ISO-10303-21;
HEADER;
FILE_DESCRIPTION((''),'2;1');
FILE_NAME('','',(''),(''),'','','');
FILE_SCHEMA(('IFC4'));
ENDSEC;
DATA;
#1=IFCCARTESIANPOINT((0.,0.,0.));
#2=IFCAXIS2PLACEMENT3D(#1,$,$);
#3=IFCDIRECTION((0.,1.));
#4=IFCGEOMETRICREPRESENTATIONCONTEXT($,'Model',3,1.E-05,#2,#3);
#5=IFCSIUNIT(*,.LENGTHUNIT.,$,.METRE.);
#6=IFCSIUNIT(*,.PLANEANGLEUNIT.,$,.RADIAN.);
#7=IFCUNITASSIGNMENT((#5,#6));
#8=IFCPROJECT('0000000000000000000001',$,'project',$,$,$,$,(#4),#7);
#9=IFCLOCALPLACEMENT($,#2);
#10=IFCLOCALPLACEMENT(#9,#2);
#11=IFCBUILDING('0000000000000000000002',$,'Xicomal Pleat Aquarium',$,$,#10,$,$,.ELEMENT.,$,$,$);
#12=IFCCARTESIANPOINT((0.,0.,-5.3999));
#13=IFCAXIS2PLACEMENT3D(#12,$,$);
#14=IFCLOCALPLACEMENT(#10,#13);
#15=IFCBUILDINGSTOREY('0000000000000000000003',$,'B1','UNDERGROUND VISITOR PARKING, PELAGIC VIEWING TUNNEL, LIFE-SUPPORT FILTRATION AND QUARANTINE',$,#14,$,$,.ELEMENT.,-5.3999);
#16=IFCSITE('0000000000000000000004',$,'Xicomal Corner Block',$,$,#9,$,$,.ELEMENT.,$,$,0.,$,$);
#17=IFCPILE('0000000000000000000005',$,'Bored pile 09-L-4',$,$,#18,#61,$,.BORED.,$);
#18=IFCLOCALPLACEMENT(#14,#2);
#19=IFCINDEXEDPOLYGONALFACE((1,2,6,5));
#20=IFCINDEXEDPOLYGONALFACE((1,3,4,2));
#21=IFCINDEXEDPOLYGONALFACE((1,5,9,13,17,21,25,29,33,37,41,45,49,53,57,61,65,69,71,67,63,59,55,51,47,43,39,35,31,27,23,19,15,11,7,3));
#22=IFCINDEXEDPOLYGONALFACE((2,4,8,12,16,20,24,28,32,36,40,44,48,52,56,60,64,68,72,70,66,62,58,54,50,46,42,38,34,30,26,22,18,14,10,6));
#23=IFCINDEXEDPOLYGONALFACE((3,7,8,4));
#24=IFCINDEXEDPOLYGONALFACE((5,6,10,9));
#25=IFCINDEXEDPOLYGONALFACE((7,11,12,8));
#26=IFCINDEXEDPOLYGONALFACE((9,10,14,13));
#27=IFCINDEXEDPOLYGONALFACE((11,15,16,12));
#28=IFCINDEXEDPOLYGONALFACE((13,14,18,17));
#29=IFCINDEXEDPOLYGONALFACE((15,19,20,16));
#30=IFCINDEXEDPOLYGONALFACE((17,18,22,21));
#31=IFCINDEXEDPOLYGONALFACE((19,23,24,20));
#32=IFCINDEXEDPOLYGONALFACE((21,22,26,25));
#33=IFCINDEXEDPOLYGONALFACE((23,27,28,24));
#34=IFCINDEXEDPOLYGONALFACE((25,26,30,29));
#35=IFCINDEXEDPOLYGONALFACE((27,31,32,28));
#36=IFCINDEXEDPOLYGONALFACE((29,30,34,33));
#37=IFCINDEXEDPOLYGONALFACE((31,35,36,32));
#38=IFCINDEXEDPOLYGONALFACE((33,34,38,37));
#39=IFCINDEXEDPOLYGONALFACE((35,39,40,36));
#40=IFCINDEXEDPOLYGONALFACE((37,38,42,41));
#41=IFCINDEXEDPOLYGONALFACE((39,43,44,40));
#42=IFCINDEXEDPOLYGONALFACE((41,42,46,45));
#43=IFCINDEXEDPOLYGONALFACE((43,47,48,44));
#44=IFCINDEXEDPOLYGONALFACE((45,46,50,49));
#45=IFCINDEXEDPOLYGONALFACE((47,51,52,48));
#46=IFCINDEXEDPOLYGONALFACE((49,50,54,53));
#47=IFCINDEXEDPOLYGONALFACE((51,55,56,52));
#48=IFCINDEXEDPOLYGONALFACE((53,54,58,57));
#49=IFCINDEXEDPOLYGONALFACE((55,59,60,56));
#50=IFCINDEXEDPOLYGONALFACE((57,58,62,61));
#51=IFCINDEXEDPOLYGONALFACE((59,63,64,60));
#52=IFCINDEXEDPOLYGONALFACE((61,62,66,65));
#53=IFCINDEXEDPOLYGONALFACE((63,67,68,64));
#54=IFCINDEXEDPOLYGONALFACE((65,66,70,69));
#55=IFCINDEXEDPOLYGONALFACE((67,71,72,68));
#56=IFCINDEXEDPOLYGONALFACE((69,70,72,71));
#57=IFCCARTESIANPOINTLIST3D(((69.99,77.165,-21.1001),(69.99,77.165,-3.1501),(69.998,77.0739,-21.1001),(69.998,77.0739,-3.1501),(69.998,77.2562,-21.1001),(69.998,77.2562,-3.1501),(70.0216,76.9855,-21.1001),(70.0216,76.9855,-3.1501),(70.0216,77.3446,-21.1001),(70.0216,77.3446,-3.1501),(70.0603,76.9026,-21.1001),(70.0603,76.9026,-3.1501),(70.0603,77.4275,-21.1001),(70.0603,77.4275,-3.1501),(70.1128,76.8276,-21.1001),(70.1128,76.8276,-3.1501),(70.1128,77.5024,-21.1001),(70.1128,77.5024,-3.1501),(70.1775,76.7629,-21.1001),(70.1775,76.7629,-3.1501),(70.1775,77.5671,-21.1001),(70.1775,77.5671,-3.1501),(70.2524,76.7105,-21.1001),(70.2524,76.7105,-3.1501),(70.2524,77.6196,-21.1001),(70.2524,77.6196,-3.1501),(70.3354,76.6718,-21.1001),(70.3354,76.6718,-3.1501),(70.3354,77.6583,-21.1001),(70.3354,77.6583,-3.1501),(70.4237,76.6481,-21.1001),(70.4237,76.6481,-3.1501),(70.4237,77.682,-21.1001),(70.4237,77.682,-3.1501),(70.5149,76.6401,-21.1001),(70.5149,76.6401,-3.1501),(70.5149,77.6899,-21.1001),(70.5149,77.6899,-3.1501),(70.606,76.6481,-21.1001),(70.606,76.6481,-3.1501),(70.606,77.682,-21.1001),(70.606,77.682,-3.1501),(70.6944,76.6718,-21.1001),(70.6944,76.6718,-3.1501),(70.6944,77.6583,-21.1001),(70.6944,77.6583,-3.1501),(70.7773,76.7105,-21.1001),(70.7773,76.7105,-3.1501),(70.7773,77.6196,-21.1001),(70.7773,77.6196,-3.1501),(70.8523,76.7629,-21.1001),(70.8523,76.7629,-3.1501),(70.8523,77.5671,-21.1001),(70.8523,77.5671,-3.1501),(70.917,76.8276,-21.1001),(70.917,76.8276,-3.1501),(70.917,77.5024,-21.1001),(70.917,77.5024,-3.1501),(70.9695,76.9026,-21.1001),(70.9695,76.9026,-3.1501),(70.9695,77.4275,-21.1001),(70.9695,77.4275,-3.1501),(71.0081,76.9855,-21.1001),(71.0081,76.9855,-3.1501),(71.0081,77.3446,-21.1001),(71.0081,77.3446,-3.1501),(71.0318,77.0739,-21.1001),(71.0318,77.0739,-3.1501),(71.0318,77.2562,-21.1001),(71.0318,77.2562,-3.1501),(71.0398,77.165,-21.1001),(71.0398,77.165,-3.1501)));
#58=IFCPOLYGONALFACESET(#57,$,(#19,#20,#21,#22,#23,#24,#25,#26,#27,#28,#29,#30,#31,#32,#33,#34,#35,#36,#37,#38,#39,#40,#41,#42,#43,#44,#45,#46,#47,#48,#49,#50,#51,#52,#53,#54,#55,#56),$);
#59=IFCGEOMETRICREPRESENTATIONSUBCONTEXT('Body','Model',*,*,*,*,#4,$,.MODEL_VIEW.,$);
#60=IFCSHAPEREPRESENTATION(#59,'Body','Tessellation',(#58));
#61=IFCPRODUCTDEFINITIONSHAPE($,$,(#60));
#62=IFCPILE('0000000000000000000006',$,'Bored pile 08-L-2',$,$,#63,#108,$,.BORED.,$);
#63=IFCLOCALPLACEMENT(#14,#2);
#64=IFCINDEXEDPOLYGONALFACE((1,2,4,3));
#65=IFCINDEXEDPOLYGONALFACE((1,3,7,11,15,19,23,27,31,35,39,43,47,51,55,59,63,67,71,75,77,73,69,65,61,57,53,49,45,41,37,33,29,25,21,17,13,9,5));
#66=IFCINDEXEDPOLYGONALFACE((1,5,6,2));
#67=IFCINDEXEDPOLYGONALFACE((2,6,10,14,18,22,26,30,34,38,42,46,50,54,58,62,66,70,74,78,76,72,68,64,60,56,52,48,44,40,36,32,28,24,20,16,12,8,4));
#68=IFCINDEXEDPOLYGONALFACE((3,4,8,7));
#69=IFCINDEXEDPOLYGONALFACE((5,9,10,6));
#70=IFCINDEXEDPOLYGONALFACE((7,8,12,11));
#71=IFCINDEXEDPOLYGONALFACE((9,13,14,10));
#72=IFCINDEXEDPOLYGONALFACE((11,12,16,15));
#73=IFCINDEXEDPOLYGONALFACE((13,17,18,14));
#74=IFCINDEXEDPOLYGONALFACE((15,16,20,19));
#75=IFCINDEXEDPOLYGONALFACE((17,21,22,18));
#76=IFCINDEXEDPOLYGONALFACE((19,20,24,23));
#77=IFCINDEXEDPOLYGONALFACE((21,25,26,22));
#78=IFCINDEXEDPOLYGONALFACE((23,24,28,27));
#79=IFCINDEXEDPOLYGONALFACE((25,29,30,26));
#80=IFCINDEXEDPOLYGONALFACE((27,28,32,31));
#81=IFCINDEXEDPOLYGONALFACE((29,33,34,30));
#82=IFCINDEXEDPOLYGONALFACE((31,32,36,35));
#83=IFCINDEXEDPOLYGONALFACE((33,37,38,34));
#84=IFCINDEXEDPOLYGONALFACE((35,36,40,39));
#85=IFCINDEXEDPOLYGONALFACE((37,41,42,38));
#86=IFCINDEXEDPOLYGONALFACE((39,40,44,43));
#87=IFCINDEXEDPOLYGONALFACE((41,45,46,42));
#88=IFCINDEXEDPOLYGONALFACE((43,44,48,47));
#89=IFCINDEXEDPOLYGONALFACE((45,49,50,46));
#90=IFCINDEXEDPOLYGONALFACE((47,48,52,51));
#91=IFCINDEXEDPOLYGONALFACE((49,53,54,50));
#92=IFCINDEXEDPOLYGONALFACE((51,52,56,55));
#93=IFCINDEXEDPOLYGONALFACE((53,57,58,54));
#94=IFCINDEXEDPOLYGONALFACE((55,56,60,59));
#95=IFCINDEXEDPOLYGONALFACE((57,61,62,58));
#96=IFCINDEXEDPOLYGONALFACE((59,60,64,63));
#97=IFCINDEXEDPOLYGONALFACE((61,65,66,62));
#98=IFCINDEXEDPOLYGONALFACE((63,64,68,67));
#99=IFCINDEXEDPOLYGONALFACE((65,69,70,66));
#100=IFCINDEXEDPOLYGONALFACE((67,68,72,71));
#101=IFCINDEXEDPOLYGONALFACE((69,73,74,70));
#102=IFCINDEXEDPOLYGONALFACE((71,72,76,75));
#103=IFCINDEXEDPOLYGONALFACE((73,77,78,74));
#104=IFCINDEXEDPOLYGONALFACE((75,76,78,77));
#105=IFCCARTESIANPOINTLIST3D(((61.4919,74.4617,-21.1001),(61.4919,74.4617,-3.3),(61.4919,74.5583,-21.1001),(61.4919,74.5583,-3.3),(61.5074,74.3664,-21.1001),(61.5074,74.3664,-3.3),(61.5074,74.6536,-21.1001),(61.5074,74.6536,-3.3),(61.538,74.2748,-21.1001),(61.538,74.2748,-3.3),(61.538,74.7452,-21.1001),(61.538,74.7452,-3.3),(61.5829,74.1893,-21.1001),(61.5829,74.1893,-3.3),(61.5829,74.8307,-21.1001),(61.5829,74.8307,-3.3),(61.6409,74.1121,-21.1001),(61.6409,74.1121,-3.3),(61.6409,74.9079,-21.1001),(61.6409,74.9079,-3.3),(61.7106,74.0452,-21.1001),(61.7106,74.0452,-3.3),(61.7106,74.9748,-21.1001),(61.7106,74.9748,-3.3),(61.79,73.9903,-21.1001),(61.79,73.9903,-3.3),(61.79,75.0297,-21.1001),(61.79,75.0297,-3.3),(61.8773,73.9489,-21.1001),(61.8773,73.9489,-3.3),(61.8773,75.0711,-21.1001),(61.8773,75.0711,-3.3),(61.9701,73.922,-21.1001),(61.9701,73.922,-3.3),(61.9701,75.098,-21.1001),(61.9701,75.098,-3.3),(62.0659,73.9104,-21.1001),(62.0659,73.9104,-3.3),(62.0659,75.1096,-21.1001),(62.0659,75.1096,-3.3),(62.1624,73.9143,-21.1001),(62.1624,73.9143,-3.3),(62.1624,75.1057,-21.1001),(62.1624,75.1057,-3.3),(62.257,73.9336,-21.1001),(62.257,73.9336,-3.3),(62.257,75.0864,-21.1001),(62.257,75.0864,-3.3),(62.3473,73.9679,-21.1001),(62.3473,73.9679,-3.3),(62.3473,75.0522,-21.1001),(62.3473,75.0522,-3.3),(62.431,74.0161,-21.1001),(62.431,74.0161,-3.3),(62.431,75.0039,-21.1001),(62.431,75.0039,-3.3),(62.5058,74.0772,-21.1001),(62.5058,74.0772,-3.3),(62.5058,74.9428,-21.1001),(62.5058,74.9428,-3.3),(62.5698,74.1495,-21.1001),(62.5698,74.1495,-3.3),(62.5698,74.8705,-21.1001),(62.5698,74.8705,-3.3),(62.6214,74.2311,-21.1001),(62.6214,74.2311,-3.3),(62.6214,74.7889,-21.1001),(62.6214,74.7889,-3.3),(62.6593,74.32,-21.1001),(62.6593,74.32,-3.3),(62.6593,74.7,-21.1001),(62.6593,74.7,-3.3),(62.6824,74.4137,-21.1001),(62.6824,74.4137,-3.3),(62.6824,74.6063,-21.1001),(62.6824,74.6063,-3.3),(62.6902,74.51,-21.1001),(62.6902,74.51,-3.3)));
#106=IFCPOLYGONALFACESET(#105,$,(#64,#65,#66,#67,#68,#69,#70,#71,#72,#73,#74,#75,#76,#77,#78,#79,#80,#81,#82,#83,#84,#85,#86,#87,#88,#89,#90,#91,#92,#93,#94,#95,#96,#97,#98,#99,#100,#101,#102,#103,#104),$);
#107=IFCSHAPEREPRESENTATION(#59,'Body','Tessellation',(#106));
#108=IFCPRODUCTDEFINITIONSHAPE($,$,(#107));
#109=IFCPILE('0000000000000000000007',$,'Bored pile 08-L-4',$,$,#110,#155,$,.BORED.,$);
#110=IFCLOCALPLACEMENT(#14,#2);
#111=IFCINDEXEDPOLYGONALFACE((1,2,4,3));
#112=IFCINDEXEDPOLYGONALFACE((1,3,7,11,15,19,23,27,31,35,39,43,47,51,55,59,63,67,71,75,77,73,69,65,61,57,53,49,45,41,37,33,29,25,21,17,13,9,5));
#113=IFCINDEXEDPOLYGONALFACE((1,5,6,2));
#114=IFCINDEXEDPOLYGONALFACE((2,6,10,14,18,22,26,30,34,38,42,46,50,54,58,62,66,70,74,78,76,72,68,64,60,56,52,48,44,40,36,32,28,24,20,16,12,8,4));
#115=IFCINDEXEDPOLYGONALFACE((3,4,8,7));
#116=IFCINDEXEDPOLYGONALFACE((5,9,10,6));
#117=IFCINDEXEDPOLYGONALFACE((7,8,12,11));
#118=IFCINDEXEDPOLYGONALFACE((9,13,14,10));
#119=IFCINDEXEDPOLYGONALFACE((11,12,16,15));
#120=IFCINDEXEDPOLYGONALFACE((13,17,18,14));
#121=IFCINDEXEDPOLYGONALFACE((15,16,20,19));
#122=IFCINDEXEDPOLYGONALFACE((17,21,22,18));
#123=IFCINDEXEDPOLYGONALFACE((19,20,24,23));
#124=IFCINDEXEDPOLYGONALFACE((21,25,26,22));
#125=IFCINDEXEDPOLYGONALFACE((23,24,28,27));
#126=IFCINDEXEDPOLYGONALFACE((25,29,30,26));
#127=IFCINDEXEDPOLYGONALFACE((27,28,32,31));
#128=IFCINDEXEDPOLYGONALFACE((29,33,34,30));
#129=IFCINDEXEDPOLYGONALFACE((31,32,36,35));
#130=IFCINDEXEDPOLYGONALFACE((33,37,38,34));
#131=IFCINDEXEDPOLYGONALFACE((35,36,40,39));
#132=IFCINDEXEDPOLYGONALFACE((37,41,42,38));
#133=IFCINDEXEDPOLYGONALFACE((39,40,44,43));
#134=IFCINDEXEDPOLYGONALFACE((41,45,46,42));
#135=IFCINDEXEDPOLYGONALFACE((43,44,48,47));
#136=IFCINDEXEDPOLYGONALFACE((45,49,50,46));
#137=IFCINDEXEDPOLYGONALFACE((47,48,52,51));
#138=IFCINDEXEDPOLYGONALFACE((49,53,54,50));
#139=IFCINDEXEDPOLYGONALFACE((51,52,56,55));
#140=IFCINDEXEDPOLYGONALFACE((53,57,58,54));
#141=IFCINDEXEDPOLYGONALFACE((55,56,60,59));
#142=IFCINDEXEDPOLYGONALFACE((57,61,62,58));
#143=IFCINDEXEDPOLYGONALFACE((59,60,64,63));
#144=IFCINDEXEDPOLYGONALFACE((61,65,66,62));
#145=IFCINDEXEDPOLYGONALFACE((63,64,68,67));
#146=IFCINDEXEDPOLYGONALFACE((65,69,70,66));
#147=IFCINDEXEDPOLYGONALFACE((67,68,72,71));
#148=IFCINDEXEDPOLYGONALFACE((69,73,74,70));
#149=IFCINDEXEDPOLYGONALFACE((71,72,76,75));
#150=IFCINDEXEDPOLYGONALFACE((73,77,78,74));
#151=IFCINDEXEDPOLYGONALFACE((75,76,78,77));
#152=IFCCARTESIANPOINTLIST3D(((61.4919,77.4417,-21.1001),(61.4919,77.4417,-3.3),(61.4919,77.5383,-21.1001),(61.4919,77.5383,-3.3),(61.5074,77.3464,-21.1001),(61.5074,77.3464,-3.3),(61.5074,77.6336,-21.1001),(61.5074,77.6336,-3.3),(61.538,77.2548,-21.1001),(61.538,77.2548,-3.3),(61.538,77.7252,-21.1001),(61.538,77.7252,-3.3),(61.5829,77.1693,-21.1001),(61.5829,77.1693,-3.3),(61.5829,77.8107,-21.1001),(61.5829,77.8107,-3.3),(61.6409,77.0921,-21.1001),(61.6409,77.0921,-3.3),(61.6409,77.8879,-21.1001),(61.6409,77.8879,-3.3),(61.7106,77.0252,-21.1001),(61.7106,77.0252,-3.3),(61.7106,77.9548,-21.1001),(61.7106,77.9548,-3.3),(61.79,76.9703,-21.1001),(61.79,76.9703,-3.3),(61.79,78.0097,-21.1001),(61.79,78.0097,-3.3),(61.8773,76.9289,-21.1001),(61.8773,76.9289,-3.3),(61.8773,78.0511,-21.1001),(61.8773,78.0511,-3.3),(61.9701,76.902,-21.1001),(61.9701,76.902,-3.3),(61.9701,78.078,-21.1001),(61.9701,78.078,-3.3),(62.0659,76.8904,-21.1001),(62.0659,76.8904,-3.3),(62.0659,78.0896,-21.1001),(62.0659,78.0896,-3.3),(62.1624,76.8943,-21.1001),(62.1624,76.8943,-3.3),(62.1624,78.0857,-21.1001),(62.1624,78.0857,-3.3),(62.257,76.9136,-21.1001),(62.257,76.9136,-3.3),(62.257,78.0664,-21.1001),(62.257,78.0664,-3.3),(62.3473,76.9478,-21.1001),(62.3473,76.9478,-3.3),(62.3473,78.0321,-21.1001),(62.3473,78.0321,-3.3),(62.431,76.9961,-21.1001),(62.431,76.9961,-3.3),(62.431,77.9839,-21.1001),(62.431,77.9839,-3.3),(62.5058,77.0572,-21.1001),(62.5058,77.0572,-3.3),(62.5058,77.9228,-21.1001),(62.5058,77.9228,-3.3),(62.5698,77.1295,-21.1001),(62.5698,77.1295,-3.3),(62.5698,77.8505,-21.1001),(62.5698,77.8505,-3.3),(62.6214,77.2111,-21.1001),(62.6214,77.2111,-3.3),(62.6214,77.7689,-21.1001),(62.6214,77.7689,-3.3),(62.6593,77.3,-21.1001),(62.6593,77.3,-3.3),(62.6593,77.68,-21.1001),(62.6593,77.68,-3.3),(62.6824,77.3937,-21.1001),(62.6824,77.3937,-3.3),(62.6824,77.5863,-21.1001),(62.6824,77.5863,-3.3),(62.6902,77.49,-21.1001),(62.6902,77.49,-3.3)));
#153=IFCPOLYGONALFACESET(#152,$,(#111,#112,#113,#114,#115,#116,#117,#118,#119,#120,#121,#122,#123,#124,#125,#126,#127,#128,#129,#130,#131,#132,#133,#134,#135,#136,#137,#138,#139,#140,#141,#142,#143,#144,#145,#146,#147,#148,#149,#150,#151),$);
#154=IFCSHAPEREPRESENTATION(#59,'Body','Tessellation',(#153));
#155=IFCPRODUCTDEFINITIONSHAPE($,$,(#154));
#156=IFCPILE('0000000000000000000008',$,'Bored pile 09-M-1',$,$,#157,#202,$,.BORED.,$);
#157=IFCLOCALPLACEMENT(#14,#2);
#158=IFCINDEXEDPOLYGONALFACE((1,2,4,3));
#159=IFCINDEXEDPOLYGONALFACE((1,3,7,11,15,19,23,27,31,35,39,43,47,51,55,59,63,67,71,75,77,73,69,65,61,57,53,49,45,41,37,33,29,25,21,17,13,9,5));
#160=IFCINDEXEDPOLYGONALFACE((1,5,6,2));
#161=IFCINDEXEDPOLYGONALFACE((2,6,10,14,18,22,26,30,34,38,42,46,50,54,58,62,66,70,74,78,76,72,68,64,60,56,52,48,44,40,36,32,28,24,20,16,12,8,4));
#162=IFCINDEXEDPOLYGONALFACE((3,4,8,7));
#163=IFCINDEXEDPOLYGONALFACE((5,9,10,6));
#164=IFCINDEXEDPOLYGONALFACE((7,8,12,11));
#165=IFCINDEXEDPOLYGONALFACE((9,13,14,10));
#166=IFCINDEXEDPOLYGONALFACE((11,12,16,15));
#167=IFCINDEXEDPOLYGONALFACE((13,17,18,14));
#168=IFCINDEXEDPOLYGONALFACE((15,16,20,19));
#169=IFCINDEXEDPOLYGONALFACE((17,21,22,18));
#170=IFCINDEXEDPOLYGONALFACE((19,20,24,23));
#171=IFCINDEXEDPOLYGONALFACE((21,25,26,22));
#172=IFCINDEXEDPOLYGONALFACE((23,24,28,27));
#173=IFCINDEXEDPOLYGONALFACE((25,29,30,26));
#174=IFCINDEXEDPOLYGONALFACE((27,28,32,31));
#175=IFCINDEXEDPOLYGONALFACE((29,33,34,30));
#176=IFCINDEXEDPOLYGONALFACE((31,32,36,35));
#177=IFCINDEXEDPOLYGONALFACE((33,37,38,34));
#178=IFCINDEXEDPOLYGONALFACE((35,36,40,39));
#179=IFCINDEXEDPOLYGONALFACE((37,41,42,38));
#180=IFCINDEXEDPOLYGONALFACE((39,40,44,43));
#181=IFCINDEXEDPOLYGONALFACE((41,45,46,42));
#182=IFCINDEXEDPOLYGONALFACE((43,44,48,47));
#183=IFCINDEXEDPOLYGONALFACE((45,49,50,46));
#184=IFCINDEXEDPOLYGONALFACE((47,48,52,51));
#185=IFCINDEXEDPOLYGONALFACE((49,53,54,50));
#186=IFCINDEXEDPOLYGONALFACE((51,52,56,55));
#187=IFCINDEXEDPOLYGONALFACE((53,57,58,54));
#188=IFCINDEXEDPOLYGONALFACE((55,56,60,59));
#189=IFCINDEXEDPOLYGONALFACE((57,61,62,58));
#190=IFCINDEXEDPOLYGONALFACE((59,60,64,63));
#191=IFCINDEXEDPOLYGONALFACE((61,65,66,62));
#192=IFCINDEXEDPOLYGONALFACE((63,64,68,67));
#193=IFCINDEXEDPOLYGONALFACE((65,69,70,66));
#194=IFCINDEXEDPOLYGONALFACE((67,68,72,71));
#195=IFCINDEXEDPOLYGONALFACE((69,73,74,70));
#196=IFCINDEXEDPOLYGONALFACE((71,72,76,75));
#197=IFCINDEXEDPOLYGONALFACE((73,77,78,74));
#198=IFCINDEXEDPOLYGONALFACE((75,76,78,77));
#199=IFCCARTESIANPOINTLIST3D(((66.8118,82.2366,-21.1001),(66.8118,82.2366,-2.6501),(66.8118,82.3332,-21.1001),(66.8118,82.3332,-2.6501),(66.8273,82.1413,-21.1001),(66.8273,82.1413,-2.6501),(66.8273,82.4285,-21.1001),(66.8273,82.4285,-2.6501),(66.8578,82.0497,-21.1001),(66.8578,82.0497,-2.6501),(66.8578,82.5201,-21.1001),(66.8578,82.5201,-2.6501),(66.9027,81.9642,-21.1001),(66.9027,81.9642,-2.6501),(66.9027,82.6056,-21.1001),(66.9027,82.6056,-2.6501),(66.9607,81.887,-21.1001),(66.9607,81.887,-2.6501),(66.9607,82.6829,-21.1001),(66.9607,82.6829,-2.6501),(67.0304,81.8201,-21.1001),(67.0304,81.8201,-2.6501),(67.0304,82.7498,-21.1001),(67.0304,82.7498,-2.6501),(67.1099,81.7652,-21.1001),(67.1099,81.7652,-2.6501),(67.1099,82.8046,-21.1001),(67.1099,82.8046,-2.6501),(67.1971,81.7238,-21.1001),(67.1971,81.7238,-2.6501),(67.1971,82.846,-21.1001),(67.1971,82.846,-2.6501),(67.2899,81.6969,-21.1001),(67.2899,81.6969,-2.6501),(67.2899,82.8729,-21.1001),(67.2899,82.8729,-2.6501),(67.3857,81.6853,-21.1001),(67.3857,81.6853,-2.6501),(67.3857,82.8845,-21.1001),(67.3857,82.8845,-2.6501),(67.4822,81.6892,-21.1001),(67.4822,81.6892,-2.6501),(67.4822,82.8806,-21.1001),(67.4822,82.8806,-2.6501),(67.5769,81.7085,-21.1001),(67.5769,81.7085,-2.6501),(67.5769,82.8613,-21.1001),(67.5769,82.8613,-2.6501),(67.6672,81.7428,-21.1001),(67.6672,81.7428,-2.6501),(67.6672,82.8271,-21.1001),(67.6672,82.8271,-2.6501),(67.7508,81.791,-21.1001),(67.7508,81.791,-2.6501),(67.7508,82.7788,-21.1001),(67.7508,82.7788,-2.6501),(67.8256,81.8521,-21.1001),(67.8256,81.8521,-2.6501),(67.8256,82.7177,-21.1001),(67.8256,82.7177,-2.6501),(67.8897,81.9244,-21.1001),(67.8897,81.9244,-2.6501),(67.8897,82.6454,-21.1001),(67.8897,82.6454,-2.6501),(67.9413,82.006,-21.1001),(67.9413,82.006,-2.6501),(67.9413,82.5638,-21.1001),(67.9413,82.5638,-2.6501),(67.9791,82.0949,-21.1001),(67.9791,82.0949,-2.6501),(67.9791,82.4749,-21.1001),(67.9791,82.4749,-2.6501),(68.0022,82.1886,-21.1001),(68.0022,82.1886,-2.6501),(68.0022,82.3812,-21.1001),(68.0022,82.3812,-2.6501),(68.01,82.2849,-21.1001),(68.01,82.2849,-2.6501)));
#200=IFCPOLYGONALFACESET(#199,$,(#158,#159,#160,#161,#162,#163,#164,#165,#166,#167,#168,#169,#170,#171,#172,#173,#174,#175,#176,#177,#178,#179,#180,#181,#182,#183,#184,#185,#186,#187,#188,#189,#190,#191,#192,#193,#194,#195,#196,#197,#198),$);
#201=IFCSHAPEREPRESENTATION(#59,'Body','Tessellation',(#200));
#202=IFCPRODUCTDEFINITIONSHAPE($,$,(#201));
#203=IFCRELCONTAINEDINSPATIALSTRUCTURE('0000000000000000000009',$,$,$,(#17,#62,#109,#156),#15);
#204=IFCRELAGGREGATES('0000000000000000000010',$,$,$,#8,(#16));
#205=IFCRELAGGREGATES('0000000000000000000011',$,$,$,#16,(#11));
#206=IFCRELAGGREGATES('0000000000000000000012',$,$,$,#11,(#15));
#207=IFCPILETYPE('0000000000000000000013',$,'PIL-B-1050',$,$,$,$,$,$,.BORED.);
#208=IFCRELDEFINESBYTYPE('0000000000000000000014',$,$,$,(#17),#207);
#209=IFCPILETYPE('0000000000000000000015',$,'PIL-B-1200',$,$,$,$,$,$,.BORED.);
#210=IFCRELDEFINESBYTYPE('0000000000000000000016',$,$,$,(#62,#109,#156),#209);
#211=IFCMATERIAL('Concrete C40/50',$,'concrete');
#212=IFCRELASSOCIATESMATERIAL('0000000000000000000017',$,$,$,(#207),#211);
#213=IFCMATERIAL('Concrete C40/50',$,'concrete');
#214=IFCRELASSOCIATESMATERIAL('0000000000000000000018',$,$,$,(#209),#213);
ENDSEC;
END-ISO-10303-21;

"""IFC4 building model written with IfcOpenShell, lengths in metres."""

from ifc_helpers import new_model, si_unit, direction, frame, origin, origin_2d, place, context, subcontext, project, spatial, circle, extrude, material, material_profile, profile_set, type_object, element, save


model = new_model("IFC4")

# Units and contexts
model_context = context("Model", 3, precision=1e-05, world=origin(), true_north=direction((0.0, 1.0)))
body_context = subcontext(model_context, "Body", "Model", "MODEL_VIEW")
ifc_project = project(units=[si_unit("LENGTHUNIT", "METRE"), si_unit("PLANEANGLEUNIT", "RADIAN")], contexts=[model_context])

# Site, building, storey
site_placement = place(None, origin())
site = spatial("IfcSite", under=ifc_project, at=site_placement, Name="Xicomal Corner Block", CompositionType="ELEMENT", RefElevation=0.0)
building_placement = place(site_placement, origin())
building = spatial("IfcBuilding", under=site, at=building_placement, Name="Xicomal Pleat Aquarium", CompositionType="ELEMENT")
storey_placement = place(building_placement, frame((0.0, 0.0, -5.3999)))
storey = spatial("IfcBuildingStorey", under=building, at=storey_placement, Name="B1", Description="UNDERGROUND VISITOR PARKING, PELAGIC VIEWING TUNNEL, LIFE-SUPPORT FILTRATION AND QUARANTINE", CompositionType="ELEMENT", Elevation=-5.3999)

# Piles
ifc_material_1 = material(Name="Concrete C40/50", Category="concrete")
ifc_material_profile_1 = material_profile(ifc_material_1, circle(Radius=0.5249, at=origin_2d()), Name="BORED PILE D1050")
ifc_profile_set_1 = profile_set([ifc_material_profile_1], Name="Concrete C40/50")
pile_type_1 = type_object("IfcPileType", Name="PIL-B-1050", PredefinedType="BORED", material=ifc_profile_set_1)
for number, where, z_axis, x_axis, name in (
    (1, (70.5149, 77.165, -3.1501), (0.0, 0.0, -1.0), (1.0, 0.0, 0.0), "Bored pile 09-L-4"),
):
    element("IfcPile", number, at=place(storey_placement, frame(where, z_axis=z_axis, x_axis=x_axis)), inside=storey, type_object=pile_type_1, Name=name, PredefinedType="BORED", context=body_context, shape_type="SweptSolid", body=[
        extrude(circle(Radius=0.5249, at=origin_2d()), origin(), (0.0, 0.0, 1.0), 17.95),
    ])
ifc_material_2 = material(Name="Concrete C40/50", Category="concrete")
ifc_material_profile_2 = material_profile(ifc_material_2, circle(Radius=0.6001, at=origin_2d()), Name="BORED PILE D1200")
ifc_profile_set_2 = profile_set([ifc_material_profile_2], Name="Concrete C40/50")
pile_type_2 = type_object("IfcPileType", Name="PIL-B-1200", PredefinedType="BORED", material=ifc_profile_set_2)
for number, where, z_axis, x_axis, name in (
    (2, (62.0901, 74.51, -3.3), (0.0, 0.0, -1.0), (1.0, 0.0, 0.0), "Bored pile 08-L-2"),
    (3, (62.0901, 77.49, -3.3), (0.0, 0.0, -1.0), (1.0, 0.0, 0.0), "Bored pile 08-L-4"),
):
    element("IfcPile", number, at=place(storey_placement, frame(where, z_axis=z_axis, x_axis=x_axis)), inside=storey, type_object=pile_type_2, Name=name, PredefinedType="BORED", context=body_context, shape_type="SweptSolid", body=[
        extrude(circle(Radius=0.6001, at=origin_2d()), origin(), (0.0, 0.0, 1.0), 17.8),
    ])
for number, where, z_axis, x_axis, name in (
    (4, (67.4099, 82.2849, -2.6501), (0.0, 0.0, -1.0), (1.0, 0.0, 0.0), "Bored pile 09-M-1"),
):
    element("IfcPile", number, at=place(storey_placement, frame(where, z_axis=z_axis, x_axis=x_axis)), inside=storey, type_object=pile_type_2, Name=name, PredefinedType="BORED", context=body_context, shape_type="SweptSolid", body=[
        extrude(circle(Radius=0.6001, at=origin_2d()), origin(), (0.0, 0.0, 1.0), 18.45),
    ])

save(model, "model.ifc")
